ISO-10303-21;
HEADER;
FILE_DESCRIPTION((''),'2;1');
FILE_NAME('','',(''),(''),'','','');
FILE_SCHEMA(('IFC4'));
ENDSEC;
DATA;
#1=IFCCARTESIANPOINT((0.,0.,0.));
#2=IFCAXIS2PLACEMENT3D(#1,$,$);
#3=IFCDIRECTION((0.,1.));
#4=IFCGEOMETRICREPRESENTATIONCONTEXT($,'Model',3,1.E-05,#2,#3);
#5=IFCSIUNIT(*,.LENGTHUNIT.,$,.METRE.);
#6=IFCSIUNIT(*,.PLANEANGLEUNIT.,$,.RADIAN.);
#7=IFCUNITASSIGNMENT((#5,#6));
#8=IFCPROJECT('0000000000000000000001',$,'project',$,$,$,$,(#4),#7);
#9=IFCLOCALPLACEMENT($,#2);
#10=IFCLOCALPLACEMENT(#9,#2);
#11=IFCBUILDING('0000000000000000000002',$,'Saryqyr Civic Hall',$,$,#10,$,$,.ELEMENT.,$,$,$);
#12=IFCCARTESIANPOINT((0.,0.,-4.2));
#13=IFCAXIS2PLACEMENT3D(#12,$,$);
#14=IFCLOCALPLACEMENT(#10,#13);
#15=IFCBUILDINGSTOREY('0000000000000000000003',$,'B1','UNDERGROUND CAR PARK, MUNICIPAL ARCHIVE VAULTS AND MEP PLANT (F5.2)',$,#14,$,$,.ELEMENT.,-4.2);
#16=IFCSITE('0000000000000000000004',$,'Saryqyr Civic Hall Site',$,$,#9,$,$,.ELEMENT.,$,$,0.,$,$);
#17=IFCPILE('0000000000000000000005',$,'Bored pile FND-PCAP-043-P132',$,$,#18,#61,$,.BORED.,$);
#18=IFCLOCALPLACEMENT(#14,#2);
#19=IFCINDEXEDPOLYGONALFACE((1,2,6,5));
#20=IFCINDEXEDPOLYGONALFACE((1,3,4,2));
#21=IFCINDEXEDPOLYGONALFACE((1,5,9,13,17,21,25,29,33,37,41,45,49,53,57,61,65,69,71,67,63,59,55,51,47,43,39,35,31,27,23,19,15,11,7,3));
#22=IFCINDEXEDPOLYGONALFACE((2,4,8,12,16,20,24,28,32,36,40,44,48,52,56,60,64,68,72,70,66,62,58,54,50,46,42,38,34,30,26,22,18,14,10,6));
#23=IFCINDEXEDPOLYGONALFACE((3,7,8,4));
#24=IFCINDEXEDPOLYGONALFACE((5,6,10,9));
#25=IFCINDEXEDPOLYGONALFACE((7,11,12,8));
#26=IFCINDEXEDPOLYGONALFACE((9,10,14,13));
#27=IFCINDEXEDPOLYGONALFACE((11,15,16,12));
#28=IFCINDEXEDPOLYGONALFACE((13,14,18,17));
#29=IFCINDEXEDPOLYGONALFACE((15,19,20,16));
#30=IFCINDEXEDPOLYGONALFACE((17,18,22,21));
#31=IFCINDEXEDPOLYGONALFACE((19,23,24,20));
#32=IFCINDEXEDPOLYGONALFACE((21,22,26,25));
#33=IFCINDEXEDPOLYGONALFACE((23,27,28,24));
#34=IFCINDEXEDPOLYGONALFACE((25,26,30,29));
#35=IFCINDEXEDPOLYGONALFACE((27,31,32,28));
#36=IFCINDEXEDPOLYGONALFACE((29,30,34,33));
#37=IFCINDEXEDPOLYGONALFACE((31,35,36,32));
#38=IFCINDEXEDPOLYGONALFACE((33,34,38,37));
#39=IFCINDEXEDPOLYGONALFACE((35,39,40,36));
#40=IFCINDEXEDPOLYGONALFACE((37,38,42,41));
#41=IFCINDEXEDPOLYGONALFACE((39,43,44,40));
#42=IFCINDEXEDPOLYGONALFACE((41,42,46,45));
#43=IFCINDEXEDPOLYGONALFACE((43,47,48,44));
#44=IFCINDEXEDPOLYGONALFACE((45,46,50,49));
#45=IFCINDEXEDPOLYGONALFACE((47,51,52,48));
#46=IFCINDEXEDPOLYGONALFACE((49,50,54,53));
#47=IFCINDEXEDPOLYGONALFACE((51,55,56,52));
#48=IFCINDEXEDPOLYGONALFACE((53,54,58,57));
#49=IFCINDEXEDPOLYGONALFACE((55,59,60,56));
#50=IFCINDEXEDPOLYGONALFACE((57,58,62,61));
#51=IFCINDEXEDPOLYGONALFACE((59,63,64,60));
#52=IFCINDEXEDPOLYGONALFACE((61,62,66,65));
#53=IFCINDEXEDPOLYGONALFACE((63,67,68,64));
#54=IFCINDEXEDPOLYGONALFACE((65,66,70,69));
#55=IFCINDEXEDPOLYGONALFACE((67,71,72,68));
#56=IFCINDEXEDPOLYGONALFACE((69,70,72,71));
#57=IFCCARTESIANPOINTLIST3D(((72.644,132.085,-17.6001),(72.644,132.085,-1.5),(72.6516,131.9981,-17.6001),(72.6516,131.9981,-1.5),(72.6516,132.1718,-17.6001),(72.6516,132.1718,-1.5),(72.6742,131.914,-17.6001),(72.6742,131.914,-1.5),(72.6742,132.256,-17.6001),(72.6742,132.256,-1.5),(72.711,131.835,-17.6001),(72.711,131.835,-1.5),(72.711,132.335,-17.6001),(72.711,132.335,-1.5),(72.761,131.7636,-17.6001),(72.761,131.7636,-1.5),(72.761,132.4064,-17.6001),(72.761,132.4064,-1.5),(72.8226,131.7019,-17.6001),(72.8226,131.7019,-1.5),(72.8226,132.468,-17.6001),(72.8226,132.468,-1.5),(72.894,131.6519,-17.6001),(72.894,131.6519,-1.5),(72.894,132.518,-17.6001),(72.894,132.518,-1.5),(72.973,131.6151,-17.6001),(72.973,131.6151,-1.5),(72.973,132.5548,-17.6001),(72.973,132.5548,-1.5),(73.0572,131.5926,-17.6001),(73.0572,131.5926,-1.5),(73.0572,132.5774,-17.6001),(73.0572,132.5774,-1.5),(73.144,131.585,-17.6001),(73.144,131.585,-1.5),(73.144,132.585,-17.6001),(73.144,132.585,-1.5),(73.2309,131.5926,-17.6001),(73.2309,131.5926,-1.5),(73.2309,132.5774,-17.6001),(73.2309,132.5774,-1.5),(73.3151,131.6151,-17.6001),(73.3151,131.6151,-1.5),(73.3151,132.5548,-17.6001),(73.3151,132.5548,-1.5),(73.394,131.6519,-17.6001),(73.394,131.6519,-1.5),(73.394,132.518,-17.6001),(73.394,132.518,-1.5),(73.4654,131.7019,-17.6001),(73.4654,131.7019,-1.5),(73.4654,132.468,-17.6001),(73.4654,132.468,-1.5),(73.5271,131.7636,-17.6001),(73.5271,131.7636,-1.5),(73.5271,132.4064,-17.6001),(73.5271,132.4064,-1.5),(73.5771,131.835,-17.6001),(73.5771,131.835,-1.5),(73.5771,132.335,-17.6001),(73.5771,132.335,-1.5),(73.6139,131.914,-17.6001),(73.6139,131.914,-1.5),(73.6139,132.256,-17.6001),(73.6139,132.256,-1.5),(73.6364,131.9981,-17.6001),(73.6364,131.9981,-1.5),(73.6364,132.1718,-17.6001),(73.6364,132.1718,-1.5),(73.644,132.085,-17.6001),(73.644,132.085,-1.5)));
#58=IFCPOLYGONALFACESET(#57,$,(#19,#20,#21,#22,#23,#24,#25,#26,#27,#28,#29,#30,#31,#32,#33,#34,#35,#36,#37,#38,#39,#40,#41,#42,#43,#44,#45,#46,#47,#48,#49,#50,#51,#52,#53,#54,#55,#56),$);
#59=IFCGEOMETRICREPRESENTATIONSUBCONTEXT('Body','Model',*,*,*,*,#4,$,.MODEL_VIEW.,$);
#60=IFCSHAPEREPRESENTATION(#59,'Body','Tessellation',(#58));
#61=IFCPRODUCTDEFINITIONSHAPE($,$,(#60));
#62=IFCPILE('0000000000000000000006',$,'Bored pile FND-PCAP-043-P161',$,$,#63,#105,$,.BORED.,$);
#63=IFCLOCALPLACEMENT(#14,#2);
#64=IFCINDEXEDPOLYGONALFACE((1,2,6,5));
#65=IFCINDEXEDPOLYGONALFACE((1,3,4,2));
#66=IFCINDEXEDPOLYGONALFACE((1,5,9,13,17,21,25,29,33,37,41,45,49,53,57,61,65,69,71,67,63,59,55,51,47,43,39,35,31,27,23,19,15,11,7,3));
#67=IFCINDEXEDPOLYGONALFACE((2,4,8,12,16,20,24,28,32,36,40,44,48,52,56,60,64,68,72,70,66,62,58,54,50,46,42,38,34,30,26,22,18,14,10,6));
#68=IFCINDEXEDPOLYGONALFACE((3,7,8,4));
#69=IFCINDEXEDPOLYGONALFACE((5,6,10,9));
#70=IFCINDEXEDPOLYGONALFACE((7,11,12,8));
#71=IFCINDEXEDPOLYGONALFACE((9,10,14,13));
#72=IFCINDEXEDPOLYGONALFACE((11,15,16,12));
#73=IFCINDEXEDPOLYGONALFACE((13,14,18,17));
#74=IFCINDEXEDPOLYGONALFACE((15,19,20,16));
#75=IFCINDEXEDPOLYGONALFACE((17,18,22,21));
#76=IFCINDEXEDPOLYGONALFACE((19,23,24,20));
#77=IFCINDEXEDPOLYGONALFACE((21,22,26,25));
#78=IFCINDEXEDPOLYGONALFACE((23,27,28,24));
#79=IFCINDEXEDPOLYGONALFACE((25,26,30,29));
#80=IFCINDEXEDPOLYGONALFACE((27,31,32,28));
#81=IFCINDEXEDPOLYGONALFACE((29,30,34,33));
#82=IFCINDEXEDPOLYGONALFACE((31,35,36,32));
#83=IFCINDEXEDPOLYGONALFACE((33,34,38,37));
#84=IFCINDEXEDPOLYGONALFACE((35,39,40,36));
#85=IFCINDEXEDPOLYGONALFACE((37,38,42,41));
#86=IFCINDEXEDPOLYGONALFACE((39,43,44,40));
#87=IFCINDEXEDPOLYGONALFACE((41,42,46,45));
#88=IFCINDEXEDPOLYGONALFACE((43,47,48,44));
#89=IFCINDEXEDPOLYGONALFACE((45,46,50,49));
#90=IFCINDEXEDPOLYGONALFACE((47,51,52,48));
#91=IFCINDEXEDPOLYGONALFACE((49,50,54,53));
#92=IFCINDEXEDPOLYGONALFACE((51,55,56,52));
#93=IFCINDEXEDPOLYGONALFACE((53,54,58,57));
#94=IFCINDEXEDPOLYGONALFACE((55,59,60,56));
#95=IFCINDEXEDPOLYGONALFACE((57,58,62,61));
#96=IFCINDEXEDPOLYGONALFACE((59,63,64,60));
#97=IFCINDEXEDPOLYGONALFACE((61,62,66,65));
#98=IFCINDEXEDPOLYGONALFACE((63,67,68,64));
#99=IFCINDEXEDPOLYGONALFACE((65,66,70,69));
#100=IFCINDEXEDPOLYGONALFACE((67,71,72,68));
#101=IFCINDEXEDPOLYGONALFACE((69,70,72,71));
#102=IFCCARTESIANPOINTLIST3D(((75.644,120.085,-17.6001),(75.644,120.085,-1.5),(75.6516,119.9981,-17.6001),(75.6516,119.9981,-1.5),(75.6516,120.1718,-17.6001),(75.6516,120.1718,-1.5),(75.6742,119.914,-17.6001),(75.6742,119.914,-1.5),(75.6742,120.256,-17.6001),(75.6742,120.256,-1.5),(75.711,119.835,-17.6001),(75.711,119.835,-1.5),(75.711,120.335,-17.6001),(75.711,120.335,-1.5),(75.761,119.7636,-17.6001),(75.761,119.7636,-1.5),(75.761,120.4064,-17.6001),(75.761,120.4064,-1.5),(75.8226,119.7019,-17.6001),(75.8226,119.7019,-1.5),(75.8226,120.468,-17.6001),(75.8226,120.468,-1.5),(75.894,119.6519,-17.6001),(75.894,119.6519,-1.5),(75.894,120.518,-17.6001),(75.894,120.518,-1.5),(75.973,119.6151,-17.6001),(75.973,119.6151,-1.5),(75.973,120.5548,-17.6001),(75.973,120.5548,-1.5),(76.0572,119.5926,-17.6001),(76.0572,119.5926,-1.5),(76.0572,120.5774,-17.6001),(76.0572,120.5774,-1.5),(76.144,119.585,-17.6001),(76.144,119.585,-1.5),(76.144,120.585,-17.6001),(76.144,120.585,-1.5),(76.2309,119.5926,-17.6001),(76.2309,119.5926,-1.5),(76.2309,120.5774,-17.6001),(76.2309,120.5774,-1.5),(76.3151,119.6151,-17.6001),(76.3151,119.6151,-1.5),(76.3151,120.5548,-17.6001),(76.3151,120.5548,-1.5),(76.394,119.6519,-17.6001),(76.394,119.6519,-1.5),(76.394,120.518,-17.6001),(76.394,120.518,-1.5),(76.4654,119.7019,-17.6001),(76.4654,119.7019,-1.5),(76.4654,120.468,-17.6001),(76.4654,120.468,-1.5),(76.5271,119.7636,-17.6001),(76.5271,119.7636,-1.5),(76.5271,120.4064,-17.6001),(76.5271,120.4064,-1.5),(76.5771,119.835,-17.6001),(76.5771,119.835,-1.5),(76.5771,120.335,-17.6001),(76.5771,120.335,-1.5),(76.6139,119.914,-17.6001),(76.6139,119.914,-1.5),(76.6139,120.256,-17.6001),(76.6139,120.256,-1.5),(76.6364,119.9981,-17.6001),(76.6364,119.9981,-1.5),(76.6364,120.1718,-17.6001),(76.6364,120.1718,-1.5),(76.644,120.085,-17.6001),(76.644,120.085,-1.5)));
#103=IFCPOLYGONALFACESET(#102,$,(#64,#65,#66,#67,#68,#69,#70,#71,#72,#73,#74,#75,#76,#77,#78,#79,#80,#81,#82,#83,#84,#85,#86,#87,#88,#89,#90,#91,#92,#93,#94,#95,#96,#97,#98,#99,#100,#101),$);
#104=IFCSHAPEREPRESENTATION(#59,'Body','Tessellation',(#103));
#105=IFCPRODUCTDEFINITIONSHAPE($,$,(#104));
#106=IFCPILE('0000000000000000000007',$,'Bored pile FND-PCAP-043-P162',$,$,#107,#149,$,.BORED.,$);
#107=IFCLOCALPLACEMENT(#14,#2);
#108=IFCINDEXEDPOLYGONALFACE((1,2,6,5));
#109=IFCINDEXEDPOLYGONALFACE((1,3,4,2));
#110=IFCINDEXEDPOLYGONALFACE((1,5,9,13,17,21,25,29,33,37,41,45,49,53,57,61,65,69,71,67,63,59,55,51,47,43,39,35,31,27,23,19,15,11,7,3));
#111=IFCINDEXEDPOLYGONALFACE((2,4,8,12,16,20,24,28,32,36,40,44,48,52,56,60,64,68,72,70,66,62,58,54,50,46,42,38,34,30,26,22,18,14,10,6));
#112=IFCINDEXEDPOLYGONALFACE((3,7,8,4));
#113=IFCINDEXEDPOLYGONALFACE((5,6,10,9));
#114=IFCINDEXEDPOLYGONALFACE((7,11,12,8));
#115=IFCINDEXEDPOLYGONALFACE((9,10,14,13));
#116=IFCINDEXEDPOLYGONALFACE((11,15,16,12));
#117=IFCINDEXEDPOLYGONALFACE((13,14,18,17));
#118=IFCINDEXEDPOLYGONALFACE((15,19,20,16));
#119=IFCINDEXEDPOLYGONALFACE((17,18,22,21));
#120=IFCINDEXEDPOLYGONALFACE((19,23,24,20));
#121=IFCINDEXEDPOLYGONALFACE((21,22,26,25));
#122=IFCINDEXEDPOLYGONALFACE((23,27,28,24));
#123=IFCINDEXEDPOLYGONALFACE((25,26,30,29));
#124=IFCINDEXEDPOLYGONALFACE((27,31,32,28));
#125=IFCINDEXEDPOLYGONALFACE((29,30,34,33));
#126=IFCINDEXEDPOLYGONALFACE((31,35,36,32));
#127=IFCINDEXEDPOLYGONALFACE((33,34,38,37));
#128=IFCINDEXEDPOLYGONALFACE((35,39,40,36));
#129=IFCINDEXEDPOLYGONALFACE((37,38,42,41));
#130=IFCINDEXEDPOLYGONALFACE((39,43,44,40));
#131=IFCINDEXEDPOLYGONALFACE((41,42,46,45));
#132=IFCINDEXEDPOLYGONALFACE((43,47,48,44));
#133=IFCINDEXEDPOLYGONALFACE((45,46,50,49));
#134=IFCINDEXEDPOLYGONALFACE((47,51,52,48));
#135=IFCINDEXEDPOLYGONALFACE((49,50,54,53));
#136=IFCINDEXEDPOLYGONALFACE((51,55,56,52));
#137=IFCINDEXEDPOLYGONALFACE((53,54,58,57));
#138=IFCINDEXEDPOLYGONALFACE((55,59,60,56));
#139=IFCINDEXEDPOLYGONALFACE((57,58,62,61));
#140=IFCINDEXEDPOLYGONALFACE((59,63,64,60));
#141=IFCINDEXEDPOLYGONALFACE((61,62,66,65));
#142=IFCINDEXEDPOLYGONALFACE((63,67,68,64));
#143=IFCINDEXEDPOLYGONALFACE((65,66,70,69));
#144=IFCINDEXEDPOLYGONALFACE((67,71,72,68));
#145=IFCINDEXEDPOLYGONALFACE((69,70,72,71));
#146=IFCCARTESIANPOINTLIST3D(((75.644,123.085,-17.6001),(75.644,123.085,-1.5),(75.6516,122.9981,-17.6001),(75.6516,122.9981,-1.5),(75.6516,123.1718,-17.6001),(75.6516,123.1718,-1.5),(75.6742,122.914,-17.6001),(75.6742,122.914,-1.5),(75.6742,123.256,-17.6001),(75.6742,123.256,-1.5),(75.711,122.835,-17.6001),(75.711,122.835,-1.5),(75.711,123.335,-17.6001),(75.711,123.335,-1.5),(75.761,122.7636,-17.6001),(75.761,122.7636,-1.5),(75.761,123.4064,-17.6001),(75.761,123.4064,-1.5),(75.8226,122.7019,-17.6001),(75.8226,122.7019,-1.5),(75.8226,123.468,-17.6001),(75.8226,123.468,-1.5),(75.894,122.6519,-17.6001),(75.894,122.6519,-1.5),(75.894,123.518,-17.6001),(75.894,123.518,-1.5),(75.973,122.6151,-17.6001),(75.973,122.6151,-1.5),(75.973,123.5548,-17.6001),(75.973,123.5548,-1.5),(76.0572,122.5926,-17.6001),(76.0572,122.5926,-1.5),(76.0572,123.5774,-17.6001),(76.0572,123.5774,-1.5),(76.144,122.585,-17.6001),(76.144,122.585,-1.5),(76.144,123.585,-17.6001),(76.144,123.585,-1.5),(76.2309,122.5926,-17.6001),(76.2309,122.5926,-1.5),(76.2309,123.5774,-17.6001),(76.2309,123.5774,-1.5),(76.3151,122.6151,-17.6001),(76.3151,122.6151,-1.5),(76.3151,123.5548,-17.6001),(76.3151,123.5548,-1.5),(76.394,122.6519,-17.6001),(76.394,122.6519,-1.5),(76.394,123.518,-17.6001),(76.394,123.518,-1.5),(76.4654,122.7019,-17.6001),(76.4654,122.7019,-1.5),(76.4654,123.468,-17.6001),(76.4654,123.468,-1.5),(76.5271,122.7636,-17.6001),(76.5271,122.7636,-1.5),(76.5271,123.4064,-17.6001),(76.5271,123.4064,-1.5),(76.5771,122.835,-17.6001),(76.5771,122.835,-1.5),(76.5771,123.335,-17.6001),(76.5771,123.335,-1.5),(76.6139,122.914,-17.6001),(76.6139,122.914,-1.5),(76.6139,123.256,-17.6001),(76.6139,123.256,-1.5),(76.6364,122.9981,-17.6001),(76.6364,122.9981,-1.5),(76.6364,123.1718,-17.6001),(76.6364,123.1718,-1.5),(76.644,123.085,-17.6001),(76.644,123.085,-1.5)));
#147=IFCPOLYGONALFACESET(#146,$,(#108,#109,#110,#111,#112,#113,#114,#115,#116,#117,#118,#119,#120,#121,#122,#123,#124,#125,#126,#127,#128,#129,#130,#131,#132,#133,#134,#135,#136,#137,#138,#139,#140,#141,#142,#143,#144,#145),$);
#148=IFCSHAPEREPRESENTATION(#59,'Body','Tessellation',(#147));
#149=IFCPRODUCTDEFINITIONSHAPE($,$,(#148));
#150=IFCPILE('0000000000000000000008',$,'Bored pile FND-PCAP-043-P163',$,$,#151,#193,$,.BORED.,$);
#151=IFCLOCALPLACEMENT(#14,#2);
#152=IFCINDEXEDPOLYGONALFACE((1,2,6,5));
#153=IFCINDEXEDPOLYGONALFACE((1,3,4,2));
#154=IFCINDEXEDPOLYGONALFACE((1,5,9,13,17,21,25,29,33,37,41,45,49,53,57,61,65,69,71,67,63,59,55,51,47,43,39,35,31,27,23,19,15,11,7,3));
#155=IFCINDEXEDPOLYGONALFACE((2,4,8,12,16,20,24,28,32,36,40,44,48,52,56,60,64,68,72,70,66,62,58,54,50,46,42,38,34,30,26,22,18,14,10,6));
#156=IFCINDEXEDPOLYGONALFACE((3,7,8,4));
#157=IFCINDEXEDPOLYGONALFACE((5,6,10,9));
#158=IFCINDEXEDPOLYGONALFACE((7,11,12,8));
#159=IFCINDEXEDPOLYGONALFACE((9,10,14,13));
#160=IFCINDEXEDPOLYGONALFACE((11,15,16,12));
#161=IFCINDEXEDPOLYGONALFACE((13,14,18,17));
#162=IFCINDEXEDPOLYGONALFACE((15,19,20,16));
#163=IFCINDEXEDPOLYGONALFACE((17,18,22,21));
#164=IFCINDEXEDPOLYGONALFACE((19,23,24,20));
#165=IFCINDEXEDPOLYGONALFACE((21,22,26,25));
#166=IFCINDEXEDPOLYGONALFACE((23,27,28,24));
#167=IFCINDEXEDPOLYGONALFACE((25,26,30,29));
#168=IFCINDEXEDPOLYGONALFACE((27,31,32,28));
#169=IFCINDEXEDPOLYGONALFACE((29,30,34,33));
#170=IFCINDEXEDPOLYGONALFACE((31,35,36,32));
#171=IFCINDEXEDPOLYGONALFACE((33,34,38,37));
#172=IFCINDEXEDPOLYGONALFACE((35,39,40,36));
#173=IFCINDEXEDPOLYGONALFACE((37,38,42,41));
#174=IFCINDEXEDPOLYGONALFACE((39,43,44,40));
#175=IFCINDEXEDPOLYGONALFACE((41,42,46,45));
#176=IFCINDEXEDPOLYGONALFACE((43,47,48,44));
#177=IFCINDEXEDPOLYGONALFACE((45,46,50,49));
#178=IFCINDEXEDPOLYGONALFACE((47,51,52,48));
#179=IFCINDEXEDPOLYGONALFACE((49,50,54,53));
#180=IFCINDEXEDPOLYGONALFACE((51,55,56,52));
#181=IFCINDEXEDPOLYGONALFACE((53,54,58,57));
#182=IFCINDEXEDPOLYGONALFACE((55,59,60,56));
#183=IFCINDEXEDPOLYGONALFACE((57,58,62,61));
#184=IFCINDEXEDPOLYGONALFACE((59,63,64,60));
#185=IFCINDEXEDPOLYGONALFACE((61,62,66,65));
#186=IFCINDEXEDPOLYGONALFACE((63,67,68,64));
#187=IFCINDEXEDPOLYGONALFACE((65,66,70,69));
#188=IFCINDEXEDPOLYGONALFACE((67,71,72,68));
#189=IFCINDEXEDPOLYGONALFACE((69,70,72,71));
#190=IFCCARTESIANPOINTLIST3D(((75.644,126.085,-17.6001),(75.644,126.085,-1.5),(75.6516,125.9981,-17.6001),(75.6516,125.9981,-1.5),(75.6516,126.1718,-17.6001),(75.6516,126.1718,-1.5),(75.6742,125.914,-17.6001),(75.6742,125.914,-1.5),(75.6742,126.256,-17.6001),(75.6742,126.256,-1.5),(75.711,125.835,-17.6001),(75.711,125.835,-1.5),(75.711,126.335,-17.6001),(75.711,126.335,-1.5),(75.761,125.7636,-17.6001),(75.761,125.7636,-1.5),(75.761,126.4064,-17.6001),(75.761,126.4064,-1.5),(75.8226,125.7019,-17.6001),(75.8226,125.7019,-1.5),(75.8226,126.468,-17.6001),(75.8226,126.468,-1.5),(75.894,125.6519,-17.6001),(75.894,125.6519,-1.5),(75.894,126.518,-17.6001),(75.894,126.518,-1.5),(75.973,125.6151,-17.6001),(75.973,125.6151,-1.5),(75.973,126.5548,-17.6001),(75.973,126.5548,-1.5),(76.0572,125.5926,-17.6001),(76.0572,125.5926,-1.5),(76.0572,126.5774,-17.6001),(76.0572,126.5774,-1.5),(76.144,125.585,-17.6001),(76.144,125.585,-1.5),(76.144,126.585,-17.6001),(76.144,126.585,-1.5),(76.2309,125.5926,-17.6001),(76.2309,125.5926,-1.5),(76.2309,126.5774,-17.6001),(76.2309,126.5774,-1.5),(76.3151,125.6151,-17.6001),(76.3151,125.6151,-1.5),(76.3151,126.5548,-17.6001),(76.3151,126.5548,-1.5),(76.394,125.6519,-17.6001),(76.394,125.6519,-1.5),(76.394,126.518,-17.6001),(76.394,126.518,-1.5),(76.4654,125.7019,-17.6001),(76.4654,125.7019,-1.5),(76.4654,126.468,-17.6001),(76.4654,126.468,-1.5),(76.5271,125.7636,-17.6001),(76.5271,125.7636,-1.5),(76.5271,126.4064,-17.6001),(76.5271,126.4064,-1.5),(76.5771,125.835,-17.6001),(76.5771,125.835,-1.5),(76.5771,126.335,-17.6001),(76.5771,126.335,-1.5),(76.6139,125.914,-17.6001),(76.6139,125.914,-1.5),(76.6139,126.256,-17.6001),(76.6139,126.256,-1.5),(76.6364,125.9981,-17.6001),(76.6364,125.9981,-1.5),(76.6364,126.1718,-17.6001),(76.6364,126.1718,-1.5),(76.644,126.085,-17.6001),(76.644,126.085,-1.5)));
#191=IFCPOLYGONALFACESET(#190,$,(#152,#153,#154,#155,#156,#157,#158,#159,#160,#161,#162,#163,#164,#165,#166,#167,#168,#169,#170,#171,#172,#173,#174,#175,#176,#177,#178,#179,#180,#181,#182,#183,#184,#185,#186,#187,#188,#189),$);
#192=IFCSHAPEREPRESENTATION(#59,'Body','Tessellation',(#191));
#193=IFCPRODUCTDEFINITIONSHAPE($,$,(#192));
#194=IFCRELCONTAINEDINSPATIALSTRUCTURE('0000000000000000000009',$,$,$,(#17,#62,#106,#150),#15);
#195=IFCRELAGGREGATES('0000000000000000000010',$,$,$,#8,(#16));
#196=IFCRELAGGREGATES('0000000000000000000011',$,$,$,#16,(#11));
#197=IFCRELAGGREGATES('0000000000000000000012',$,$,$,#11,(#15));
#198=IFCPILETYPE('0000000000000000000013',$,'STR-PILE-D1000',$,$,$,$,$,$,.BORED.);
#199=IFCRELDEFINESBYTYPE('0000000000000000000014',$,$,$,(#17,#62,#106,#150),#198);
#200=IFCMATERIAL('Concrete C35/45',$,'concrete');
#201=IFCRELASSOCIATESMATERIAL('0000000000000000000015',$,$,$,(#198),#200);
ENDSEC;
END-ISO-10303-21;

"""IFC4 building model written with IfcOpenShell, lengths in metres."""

from ifc_helpers import new_model, si_unit, direction, frame, origin, origin_2d, place, context, subcontext, project, spatial, circle, extrude, material, material_profile, profile_set, type_object, element, save


model = new_model("IFC4")

# Units and contexts
model_context = context("Model", 3, precision=1e-05, world=origin(), true_north=direction((0.0, 1.0)))
body_context = subcontext(model_context, "Body", "Model", "MODEL_VIEW")
ifc_project = project(units=[si_unit("LENGTHUNIT", "METRE"), si_unit("PLANEANGLEUNIT", "RADIAN")], contexts=[model_context])

# Site, building, storey
site_placement = place(None, origin())
site = spatial("IfcSite", under=ifc_project, at=site_placement, Name="Saryqyr Civic Hall Site", CompositionType="ELEMENT", RefElevation=0.0)
building_placement = place(site_placement, origin())
building = spatial("IfcBuilding", under=site, at=building_placement, Name="Saryqyr Civic Hall", CompositionType="ELEMENT")
storey_placement = place(building_placement, frame((0.0, 0.0, -4.2)))
storey = spatial("IfcBuildingStorey", under=building, at=storey_placement, Name="B1", Description="UNDERGROUND CAR PARK, MUNICIPAL ARCHIVE VAULTS AND MEP PLANT (F5.2)", CompositionType="ELEMENT", Elevation=-4.2)

# Shared definitions
ifc_material_1 = material(Name="Concrete C35/45", Category="concrete")

# Piles
ifc_material_profile_1 = material_profile(ifc_material_1, circle(Radius=0.5, at=origin_2d()), Name="BORED PILE D1000")
ifc_profile_set_1 = profile_set([ifc_material_profile_1], Name="Concrete C35/45")
pile_type = type_object("IfcPileType", Name="STR-PILE-D1000", PredefinedType="BORED", material=ifc_profile_set_1)
for number, where, z_axis, x_axis, name in (
    (1, (73.144, 132.085, -1.5), (0.0, 0.0, -1.0), (1.0, 0.0, 0.0), "Bored pile FND-PCAP-043-P132"),
    (2, (76.144, 120.085, -1.5), (0.0, 0.0, -1.0), (1.0, 0.0, 0.0), "Bored pile FND-PCAP-043-P161"),
    (3, (76.144, 123.085, -1.5), (0.0, 0.0, -1.0), (1.0, 0.0, 0.0), "Bored pile FND-PCAP-043-P162"),
    (4, (76.144, 126.085, -1.5), (0.0, 0.0, -1.0), (1.0, 0.0, 0.0), "Bored pile FND-PCAP-043-P163"),
):
    element("IfcPile", number, at=place(storey_placement, frame(where, z_axis=z_axis, x_axis=x_axis)), inside=storey, type_object=pile_type, Name=name, PredefinedType="BORED", context=body_context, shape_type="SweptSolid", body=[
        extrude(circle(Radius=0.5, at=origin_2d()), origin(), (0.0, 0.0, 1.0), 16.1001),
    ])

save(model, "model.ifc")
